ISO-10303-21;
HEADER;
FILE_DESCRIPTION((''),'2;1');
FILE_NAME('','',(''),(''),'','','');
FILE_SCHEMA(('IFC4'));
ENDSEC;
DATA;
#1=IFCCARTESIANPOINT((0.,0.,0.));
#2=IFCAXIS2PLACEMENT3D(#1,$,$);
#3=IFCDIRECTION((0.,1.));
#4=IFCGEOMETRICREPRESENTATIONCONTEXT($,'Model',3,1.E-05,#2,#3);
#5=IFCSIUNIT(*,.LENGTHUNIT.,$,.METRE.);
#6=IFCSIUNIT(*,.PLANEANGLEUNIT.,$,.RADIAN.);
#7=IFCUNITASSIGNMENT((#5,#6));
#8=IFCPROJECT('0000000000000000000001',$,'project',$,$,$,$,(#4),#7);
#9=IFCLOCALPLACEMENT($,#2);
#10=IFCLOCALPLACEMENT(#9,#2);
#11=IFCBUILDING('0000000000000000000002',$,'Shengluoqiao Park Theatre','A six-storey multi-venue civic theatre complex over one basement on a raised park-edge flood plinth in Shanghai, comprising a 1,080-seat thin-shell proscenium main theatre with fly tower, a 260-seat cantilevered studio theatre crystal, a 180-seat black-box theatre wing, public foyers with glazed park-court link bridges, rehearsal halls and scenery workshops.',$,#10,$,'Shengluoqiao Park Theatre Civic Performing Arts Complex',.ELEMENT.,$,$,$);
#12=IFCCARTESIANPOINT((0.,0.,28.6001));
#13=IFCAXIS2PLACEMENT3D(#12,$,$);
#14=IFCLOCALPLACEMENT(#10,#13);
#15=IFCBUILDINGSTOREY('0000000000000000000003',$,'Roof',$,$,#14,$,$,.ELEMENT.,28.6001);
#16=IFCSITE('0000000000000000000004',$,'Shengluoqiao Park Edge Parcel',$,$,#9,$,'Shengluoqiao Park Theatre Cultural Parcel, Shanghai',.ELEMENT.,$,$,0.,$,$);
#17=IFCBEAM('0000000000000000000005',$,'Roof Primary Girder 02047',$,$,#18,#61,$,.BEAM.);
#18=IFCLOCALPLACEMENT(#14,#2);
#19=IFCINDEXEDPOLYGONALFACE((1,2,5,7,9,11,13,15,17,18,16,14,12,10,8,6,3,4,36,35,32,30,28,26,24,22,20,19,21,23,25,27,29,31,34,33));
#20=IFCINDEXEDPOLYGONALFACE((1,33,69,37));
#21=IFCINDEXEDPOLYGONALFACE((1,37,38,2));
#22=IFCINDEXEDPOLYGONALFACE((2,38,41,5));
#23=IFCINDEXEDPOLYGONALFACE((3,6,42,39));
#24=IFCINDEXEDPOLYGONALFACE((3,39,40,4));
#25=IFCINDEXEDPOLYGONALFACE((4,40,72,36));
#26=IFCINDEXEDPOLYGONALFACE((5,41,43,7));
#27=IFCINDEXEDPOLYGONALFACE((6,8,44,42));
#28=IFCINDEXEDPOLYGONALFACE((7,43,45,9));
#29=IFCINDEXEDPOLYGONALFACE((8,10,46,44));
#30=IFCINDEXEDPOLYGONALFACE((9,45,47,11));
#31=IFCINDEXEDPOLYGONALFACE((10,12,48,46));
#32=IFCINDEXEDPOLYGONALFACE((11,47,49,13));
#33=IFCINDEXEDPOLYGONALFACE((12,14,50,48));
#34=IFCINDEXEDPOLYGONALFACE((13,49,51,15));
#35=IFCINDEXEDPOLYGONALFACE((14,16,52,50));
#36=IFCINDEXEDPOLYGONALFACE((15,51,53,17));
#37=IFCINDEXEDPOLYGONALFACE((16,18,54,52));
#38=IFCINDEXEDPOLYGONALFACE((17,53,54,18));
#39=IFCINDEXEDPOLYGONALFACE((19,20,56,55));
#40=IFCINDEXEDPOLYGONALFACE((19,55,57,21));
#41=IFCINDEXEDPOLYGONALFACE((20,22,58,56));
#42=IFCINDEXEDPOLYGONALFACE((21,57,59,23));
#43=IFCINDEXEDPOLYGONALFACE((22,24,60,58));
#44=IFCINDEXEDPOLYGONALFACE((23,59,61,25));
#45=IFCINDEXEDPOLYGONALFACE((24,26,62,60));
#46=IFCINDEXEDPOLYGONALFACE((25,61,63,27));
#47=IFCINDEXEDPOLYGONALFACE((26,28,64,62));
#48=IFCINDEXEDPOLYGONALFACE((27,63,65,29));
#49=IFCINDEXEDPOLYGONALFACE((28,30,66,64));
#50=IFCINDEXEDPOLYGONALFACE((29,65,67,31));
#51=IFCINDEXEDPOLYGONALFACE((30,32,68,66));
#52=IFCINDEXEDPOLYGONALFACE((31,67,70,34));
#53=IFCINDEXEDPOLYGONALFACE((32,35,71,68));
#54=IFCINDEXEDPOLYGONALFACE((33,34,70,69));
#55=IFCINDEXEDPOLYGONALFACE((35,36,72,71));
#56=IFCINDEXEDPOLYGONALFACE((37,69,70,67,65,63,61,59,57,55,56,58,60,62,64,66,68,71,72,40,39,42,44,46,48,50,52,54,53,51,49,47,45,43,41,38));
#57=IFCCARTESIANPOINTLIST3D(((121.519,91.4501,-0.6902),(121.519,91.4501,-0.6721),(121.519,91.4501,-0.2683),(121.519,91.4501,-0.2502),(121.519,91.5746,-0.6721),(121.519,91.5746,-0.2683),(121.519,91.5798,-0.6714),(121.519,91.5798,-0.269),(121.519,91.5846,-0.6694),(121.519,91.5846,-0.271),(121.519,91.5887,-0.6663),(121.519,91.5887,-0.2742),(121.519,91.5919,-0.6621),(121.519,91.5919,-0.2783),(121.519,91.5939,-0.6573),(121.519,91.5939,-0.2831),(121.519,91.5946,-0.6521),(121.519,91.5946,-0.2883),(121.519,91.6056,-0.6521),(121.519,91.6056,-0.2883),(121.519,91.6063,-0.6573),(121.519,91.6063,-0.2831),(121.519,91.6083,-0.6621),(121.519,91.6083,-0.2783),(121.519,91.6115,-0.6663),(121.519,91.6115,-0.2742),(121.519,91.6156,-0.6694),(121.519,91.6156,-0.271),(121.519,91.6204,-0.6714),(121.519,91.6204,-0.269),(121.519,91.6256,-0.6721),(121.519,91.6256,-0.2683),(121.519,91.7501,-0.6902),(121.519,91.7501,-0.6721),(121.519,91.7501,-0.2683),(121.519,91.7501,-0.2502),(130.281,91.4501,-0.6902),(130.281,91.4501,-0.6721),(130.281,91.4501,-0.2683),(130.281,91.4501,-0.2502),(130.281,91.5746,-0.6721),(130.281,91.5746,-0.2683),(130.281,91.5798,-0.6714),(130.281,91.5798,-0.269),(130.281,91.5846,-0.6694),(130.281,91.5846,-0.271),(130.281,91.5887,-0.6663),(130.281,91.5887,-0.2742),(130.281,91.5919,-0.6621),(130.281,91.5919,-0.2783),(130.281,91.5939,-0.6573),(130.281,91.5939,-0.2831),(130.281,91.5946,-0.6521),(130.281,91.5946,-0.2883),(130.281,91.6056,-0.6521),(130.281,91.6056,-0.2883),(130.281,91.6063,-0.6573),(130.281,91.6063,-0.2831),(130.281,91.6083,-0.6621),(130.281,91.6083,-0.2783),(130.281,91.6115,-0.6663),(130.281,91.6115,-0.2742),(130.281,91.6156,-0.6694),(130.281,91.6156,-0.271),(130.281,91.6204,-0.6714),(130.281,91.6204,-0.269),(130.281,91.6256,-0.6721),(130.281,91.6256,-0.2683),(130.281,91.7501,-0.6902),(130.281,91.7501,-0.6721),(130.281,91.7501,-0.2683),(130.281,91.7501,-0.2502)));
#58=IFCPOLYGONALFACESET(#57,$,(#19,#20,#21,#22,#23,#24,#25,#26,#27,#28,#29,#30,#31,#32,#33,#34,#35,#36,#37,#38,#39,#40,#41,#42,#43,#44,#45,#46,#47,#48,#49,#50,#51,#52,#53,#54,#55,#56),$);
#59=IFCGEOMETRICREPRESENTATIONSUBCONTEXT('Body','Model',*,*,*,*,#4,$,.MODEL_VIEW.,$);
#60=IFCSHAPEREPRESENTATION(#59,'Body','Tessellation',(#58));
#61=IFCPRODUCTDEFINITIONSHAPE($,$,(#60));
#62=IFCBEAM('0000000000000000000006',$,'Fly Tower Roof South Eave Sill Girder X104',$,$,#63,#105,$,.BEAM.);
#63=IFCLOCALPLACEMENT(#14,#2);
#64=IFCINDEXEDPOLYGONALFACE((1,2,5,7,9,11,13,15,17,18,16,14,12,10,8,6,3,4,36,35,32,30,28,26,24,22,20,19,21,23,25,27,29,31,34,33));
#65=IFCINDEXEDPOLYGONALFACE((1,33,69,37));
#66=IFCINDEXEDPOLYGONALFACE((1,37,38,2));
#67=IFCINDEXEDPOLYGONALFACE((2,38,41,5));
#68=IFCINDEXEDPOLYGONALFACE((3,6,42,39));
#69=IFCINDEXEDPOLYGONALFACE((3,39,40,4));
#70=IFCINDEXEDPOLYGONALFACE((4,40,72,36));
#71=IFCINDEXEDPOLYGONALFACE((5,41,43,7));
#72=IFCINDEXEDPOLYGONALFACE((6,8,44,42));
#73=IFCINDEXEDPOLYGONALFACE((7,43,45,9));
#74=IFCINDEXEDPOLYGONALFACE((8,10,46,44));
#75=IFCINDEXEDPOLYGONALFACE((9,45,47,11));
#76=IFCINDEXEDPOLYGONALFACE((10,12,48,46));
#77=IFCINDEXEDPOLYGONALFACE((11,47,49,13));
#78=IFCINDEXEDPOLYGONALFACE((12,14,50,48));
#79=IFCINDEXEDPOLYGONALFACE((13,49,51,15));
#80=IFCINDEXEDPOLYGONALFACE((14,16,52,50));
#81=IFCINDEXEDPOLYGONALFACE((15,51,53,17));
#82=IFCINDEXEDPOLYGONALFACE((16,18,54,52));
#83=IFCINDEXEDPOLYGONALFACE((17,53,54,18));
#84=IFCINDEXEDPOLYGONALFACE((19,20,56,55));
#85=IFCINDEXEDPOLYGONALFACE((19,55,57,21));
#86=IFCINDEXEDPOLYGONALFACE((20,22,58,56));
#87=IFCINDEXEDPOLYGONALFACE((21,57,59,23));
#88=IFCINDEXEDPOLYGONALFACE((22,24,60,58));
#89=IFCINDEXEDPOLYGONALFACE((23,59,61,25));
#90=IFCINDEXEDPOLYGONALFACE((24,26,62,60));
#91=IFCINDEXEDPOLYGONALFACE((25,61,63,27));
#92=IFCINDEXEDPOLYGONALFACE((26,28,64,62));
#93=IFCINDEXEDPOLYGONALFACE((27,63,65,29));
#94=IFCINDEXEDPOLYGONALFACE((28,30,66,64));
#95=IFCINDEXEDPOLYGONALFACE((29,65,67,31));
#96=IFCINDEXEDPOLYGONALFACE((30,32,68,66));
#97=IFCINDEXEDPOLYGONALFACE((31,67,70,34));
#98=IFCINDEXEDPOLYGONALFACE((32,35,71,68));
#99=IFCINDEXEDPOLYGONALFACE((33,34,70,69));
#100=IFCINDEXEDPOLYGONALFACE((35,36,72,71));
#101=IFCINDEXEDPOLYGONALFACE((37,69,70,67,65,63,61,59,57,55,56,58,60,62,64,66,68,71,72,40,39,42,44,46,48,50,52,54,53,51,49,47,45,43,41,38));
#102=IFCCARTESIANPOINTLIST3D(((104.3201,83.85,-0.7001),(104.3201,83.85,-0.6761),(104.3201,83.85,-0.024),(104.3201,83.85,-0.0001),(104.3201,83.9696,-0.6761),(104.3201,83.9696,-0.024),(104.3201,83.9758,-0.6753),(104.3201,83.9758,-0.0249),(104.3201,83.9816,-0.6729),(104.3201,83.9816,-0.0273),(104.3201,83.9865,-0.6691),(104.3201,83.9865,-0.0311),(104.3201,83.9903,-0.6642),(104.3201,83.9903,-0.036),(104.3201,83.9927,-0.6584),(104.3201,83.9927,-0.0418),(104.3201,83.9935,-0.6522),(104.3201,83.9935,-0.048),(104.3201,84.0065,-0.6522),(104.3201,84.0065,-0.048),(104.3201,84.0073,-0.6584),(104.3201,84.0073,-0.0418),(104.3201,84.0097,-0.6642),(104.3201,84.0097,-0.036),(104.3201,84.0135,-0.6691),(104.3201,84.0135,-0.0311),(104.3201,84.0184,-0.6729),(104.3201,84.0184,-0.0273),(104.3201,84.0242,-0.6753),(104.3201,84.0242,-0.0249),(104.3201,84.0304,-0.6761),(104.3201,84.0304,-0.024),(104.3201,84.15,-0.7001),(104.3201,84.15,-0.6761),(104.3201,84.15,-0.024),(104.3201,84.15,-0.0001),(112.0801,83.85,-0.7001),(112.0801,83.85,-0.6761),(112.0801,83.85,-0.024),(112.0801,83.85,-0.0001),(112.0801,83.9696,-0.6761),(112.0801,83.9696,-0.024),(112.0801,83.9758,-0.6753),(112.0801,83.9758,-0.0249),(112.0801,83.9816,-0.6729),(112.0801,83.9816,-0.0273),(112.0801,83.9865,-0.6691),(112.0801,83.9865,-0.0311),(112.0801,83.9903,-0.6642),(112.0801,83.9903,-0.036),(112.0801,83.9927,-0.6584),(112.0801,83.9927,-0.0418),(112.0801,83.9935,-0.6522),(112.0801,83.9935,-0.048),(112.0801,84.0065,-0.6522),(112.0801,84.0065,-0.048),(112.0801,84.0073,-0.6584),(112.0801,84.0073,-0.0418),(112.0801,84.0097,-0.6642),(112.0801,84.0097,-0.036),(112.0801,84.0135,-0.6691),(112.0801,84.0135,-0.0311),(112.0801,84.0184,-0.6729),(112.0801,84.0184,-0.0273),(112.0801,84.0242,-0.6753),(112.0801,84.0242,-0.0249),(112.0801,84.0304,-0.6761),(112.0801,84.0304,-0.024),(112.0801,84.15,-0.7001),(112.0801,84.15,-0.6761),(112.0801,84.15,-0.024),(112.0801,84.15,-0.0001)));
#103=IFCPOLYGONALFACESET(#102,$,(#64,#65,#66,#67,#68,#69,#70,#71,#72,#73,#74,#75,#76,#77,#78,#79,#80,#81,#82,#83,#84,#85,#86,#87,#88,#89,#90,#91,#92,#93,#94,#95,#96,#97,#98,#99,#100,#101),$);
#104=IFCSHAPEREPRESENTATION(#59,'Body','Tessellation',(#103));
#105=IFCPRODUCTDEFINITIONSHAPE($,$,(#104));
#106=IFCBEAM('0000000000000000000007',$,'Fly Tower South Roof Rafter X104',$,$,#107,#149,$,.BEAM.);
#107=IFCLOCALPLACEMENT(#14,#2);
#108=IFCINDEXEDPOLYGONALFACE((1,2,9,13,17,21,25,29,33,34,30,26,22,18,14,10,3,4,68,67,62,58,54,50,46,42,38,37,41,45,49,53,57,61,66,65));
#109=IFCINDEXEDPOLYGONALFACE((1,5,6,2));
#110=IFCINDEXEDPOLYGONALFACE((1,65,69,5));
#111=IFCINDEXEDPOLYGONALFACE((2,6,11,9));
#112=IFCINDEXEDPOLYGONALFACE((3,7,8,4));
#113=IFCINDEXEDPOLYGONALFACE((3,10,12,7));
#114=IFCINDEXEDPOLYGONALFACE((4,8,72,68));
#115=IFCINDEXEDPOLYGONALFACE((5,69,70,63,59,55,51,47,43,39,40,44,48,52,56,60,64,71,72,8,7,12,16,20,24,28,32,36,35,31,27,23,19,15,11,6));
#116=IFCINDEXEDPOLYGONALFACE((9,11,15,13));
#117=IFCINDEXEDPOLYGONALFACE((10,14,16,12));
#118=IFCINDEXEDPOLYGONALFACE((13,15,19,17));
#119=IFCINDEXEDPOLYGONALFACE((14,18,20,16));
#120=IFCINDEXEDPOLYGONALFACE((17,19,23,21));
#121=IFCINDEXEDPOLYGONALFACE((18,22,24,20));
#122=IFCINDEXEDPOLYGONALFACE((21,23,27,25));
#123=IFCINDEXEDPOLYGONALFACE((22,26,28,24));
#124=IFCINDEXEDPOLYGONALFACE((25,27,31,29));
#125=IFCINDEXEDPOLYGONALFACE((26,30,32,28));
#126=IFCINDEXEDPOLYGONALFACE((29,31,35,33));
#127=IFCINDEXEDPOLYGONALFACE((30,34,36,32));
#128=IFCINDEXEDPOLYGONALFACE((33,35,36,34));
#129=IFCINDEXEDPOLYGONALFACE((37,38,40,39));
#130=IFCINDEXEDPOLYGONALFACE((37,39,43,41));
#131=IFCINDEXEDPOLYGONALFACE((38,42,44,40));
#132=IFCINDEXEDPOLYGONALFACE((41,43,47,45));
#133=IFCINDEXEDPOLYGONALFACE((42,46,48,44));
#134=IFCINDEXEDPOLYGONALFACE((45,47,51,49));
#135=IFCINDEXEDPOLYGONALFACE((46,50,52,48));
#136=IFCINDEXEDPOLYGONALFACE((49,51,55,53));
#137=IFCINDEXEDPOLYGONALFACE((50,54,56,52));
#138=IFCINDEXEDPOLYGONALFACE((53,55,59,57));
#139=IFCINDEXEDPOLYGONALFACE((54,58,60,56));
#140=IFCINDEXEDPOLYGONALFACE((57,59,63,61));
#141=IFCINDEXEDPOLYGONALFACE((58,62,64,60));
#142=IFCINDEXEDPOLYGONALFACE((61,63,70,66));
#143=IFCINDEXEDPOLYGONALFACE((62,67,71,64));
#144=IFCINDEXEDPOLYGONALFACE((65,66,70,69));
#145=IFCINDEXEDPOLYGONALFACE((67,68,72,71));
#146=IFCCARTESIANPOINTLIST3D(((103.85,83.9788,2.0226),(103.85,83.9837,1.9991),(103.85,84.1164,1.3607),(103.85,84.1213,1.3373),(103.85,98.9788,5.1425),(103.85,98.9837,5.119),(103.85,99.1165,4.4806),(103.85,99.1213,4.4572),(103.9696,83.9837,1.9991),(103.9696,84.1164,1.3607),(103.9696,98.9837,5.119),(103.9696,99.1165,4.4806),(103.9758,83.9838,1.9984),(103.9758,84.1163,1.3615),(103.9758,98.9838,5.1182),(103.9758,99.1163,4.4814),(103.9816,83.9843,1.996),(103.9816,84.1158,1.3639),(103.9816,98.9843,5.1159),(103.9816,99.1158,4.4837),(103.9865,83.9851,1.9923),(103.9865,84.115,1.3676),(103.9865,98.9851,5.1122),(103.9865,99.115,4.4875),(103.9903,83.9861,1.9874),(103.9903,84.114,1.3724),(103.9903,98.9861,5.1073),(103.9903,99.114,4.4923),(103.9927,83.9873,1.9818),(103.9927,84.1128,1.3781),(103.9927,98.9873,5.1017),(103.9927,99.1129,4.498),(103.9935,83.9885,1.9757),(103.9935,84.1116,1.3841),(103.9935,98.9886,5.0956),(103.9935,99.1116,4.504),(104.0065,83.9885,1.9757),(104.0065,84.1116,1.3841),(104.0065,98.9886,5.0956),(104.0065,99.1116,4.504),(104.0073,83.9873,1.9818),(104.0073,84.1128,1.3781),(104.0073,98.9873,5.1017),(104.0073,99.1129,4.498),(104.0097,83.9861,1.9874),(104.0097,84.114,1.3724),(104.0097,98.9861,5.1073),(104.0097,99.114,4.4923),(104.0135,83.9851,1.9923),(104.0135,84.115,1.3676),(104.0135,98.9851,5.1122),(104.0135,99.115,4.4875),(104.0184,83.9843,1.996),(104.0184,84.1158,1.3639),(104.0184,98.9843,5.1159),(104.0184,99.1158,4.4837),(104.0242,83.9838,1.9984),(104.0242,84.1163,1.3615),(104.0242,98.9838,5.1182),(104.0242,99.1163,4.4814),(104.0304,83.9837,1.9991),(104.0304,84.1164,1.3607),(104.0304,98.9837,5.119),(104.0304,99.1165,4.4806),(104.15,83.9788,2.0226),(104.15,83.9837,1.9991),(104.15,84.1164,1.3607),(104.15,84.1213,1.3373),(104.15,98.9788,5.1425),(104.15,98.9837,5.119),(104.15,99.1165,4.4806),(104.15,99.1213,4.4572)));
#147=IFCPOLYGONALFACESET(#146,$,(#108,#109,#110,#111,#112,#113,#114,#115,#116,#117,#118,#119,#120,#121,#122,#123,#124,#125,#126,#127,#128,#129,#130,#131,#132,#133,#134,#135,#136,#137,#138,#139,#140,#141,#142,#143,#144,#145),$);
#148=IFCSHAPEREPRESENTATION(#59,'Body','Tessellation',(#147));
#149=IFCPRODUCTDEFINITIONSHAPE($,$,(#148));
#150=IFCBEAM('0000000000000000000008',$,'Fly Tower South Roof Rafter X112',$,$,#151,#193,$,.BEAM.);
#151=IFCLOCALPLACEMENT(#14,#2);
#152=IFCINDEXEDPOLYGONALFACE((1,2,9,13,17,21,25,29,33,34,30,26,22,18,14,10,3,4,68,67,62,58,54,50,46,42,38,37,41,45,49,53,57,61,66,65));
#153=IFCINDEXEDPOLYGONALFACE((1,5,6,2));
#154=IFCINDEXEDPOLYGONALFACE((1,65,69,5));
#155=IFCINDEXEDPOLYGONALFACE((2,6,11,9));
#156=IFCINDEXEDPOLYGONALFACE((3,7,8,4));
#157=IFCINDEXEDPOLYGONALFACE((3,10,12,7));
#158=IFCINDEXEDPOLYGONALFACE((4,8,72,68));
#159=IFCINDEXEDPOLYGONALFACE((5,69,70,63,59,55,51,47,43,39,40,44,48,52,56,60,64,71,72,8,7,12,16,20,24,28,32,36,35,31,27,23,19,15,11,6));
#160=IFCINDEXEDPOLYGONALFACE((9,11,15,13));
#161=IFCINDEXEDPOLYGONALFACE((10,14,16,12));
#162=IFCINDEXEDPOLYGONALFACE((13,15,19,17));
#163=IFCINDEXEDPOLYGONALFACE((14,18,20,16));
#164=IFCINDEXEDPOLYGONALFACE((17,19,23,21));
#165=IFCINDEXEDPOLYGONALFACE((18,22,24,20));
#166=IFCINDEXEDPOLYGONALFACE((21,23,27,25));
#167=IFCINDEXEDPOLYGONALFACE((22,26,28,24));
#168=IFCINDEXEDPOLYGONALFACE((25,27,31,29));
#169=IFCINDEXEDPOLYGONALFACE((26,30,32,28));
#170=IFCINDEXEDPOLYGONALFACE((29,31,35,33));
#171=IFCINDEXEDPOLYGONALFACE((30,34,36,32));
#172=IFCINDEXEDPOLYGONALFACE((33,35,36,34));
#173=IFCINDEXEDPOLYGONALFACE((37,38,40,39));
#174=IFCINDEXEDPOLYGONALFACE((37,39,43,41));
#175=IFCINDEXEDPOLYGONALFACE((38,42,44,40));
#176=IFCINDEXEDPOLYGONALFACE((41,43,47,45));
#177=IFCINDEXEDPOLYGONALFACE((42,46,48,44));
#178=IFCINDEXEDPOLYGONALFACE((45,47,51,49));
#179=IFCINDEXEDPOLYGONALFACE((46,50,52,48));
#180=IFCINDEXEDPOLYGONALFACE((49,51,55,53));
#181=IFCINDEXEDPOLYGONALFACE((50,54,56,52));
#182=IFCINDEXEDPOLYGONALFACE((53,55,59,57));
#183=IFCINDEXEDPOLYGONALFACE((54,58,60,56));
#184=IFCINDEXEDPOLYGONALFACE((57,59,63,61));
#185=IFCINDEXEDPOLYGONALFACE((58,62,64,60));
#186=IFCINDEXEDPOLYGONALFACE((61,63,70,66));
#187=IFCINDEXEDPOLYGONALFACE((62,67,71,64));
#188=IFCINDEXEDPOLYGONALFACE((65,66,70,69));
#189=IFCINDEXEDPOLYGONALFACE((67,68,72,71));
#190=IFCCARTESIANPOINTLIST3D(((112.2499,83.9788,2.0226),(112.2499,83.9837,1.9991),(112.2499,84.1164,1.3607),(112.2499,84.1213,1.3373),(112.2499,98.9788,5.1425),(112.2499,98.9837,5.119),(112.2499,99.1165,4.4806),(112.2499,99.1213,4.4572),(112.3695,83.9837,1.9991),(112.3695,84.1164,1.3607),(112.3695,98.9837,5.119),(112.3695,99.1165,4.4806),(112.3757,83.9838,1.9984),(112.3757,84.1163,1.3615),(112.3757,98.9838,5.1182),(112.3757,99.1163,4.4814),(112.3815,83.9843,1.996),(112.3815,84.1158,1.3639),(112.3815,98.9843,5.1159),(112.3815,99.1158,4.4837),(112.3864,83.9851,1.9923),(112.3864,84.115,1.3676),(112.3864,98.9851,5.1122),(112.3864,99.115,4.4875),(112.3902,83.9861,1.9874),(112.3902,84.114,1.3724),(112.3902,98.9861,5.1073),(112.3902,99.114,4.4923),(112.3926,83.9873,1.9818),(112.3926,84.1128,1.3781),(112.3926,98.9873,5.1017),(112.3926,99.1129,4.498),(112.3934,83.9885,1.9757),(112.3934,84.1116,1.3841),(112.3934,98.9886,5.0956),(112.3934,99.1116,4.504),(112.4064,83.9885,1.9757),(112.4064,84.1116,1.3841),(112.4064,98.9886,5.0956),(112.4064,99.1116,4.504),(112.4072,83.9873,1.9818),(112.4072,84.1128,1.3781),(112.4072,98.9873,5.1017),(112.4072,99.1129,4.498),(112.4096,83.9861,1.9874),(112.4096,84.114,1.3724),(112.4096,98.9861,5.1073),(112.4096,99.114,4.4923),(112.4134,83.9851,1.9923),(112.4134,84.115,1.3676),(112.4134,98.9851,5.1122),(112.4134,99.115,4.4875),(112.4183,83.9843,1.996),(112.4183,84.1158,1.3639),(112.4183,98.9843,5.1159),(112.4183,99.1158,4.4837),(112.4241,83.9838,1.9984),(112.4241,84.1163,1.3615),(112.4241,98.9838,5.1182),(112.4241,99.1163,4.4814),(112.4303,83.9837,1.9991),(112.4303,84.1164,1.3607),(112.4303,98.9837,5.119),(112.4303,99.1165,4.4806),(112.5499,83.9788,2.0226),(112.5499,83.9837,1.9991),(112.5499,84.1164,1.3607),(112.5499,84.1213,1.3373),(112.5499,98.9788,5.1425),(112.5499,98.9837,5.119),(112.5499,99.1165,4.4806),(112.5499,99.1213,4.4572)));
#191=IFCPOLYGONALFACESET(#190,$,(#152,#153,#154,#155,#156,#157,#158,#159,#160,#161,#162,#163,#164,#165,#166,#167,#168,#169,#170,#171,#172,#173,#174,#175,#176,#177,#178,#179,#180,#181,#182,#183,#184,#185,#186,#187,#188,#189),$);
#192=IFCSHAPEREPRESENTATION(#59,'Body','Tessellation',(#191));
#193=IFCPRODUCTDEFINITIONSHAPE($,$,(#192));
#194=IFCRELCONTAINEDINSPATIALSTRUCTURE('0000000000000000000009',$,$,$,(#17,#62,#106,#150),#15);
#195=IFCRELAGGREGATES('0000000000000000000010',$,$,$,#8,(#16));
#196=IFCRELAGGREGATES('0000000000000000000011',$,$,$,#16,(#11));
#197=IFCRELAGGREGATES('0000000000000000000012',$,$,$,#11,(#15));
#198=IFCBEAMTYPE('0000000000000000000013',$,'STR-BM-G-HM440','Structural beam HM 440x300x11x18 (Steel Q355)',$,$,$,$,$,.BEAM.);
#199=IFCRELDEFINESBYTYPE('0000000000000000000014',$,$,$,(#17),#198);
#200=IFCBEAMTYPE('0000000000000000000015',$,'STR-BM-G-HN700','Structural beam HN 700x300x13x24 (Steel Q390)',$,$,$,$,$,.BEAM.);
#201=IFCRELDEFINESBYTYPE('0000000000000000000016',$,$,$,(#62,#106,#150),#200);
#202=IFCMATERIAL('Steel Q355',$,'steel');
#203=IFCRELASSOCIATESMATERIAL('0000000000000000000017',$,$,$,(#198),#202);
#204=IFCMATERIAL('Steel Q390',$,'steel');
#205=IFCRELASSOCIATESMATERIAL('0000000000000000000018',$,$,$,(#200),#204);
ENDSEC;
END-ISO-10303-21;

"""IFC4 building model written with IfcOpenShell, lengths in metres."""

from ifc_helpers import new_model, si_unit, direction, frame, origin, origin_2d, place, context, subcontext, project, spatial, i_section, extrude, material, material_profile, profile_set, type_object, element, save


model = new_model("IFC4")

# Units and contexts
model_context = context("Model", 3, precision=1e-05, world=origin(), true_north=direction((0.0, 1.0)))
body_context = subcontext(model_context, "Body", "Model", "MODEL_VIEW")
ifc_project = project(units=[si_unit("LENGTHUNIT", "METRE"), si_unit("PLANEANGLEUNIT", "RADIAN")], contexts=[model_context])

# Site, building, storey
site_placement = place(None, origin())
site = spatial("IfcSite", under=ifc_project, at=site_placement, Name="Shengluoqiao Park Edge Parcel", LongName="Shengluoqiao Park Theatre Cultural Parcel, Shanghai", CompositionType="ELEMENT", RefElevation=0.0)
building_placement = place(site_placement, origin())
building = spatial("IfcBuilding", under=site, at=building_placement, Name="Shengluoqiao Park Theatre", Description="A six-storey multi-venue civic theatre complex over one basement on a raised park-edge flood plinth in Shanghai, comprising a 1,080-seat thin-shell proscenium main theatre with fly tower, a 260-seat cantilevered studio theatre crystal, a 180-seat black-box theatre wing, public foyers with glazed park-court link bridges, rehearsal halls and scenery workshops.", LongName="Shengluoqiao Park Theatre Civic Performing Arts Complex", CompositionType="ELEMENT")
storey_placement = place(building_placement, frame((0.0, 0.0, 28.6001)))
storey = spatial("IfcBuildingStorey", under=building, at=storey_placement, Name="Roof", CompositionType="ELEMENT", Elevation=28.6001)

# Beams
ifc_material_1 = material(Name="Steel Q355", Category="steel")
ifc_material_profile_1 = material_profile(ifc_material_1, i_section(OverallWidth=0.3, OverallDepth=0.4399, WebThickness=0.011, FlangeThickness=0.0181, FilletRadius=0.02, at=origin_2d()), Name="HM 440x300x11x18")
ifc_profile_set_1 = profile_set([ifc_material_profile_1], Name="Steel Q355")
beam_type_1 = type_object("IfcBeamType", Name="STR-BM-G-HM440", Description="Structural beam HM 440x300x11x18 (Steel Q355)", PredefinedType="BEAM", material=ifc_profile_set_1)
beam_1_placement = place(storey_placement, frame((121.519, 91.6001, -0.4702), z_axis=(1.0, 0.0, 0.0), x_axis=(0.0, 1.0, 0.0)))
element("IfcBeam", 1, at=beam_1_placement, inside=storey, type_object=beam_type_1, Name="Roof Primary Girder 02047", PredefinedType="BEAM", context=body_context, shape_type="SweptSolid", body=[
    extrude(i_section(OverallWidth=0.3, OverallDepth=0.4399, WebThickness=0.011, FlangeThickness=0.0181, FilletRadius=0.02, at=origin_2d()), origin(), (0.0, 0.0, 1.0), 8.762),
])
ifc_material_2 = material(Name="Steel Q390", Category="steel")
ifc_material_profile_2 = material_profile(ifc_material_2, i_section(OverallWidth=0.3, OverallDepth=0.7, WebThickness=0.0129, FlangeThickness=0.0239, FilletRadius=0.0239, at=origin_2d()), Name="HN 700x300x13x24")
ifc_profile_set_2 = profile_set([ifc_material_profile_2], Name="Steel Q390")
beam_type_2 = type_object("IfcBeamType", Name="STR-BM-G-HN700", Description="Structural beam HN 700x300x13x24 (Steel Q390)", PredefinedType="BEAM", material=ifc_profile_set_2)
beam_2_placement = place(storey_placement, frame((104.3201, 84.0, -0.3501), z_axis=(1.0, 0.0, 0.0), x_axis=(0.0, 1.0, 0.0)))
element("IfcBeam", 2, at=beam_2_placement, inside=storey, type_object=beam_type_2, Name="Fly Tower Roof South Eave Sill Girder X104", PredefinedType="BEAM", context=body_context, shape_type="SweptSolid", body=[
    extrude(i_section(OverallWidth=0.3, OverallDepth=0.7, WebThickness=0.0129, FlangeThickness=0.0239, FilletRadius=0.0239, at=origin_2d()), origin(), (0.0, 0.0, 1.0), 7.76),
])
for number, where, z_axis, x_axis, name in (
    (3, (104.0, 84.05, 1.6799), (0.0, 0.979047, 0.203634), (-1.0, 0.0, 0.0), "Fly Tower South Roof Rafter X104"),
    (4, (112.3999, 84.05, 1.6799), (0.0, 0.979047, 0.203634), (-1.0, 0.0, 0.0), "Fly Tower South Roof Rafter X112"),
):
    element("IfcBeam", number, at=place(storey_placement, frame(where, z_axis=z_axis, x_axis=x_axis)), inside=storey, type_object=beam_type_2, Name=name, PredefinedType="BEAM", context=body_context, shape_type="SweptSolid", body=[
        extrude(i_section(OverallWidth=0.3, OverallDepth=0.7, WebThickness=0.0129, FlangeThickness=0.0239, FilletRadius=0.0239, at=origin_2d()), origin(), (0.0, 0.0, 1.0), 15.321),
    ])

save(model, "model.ifc")
